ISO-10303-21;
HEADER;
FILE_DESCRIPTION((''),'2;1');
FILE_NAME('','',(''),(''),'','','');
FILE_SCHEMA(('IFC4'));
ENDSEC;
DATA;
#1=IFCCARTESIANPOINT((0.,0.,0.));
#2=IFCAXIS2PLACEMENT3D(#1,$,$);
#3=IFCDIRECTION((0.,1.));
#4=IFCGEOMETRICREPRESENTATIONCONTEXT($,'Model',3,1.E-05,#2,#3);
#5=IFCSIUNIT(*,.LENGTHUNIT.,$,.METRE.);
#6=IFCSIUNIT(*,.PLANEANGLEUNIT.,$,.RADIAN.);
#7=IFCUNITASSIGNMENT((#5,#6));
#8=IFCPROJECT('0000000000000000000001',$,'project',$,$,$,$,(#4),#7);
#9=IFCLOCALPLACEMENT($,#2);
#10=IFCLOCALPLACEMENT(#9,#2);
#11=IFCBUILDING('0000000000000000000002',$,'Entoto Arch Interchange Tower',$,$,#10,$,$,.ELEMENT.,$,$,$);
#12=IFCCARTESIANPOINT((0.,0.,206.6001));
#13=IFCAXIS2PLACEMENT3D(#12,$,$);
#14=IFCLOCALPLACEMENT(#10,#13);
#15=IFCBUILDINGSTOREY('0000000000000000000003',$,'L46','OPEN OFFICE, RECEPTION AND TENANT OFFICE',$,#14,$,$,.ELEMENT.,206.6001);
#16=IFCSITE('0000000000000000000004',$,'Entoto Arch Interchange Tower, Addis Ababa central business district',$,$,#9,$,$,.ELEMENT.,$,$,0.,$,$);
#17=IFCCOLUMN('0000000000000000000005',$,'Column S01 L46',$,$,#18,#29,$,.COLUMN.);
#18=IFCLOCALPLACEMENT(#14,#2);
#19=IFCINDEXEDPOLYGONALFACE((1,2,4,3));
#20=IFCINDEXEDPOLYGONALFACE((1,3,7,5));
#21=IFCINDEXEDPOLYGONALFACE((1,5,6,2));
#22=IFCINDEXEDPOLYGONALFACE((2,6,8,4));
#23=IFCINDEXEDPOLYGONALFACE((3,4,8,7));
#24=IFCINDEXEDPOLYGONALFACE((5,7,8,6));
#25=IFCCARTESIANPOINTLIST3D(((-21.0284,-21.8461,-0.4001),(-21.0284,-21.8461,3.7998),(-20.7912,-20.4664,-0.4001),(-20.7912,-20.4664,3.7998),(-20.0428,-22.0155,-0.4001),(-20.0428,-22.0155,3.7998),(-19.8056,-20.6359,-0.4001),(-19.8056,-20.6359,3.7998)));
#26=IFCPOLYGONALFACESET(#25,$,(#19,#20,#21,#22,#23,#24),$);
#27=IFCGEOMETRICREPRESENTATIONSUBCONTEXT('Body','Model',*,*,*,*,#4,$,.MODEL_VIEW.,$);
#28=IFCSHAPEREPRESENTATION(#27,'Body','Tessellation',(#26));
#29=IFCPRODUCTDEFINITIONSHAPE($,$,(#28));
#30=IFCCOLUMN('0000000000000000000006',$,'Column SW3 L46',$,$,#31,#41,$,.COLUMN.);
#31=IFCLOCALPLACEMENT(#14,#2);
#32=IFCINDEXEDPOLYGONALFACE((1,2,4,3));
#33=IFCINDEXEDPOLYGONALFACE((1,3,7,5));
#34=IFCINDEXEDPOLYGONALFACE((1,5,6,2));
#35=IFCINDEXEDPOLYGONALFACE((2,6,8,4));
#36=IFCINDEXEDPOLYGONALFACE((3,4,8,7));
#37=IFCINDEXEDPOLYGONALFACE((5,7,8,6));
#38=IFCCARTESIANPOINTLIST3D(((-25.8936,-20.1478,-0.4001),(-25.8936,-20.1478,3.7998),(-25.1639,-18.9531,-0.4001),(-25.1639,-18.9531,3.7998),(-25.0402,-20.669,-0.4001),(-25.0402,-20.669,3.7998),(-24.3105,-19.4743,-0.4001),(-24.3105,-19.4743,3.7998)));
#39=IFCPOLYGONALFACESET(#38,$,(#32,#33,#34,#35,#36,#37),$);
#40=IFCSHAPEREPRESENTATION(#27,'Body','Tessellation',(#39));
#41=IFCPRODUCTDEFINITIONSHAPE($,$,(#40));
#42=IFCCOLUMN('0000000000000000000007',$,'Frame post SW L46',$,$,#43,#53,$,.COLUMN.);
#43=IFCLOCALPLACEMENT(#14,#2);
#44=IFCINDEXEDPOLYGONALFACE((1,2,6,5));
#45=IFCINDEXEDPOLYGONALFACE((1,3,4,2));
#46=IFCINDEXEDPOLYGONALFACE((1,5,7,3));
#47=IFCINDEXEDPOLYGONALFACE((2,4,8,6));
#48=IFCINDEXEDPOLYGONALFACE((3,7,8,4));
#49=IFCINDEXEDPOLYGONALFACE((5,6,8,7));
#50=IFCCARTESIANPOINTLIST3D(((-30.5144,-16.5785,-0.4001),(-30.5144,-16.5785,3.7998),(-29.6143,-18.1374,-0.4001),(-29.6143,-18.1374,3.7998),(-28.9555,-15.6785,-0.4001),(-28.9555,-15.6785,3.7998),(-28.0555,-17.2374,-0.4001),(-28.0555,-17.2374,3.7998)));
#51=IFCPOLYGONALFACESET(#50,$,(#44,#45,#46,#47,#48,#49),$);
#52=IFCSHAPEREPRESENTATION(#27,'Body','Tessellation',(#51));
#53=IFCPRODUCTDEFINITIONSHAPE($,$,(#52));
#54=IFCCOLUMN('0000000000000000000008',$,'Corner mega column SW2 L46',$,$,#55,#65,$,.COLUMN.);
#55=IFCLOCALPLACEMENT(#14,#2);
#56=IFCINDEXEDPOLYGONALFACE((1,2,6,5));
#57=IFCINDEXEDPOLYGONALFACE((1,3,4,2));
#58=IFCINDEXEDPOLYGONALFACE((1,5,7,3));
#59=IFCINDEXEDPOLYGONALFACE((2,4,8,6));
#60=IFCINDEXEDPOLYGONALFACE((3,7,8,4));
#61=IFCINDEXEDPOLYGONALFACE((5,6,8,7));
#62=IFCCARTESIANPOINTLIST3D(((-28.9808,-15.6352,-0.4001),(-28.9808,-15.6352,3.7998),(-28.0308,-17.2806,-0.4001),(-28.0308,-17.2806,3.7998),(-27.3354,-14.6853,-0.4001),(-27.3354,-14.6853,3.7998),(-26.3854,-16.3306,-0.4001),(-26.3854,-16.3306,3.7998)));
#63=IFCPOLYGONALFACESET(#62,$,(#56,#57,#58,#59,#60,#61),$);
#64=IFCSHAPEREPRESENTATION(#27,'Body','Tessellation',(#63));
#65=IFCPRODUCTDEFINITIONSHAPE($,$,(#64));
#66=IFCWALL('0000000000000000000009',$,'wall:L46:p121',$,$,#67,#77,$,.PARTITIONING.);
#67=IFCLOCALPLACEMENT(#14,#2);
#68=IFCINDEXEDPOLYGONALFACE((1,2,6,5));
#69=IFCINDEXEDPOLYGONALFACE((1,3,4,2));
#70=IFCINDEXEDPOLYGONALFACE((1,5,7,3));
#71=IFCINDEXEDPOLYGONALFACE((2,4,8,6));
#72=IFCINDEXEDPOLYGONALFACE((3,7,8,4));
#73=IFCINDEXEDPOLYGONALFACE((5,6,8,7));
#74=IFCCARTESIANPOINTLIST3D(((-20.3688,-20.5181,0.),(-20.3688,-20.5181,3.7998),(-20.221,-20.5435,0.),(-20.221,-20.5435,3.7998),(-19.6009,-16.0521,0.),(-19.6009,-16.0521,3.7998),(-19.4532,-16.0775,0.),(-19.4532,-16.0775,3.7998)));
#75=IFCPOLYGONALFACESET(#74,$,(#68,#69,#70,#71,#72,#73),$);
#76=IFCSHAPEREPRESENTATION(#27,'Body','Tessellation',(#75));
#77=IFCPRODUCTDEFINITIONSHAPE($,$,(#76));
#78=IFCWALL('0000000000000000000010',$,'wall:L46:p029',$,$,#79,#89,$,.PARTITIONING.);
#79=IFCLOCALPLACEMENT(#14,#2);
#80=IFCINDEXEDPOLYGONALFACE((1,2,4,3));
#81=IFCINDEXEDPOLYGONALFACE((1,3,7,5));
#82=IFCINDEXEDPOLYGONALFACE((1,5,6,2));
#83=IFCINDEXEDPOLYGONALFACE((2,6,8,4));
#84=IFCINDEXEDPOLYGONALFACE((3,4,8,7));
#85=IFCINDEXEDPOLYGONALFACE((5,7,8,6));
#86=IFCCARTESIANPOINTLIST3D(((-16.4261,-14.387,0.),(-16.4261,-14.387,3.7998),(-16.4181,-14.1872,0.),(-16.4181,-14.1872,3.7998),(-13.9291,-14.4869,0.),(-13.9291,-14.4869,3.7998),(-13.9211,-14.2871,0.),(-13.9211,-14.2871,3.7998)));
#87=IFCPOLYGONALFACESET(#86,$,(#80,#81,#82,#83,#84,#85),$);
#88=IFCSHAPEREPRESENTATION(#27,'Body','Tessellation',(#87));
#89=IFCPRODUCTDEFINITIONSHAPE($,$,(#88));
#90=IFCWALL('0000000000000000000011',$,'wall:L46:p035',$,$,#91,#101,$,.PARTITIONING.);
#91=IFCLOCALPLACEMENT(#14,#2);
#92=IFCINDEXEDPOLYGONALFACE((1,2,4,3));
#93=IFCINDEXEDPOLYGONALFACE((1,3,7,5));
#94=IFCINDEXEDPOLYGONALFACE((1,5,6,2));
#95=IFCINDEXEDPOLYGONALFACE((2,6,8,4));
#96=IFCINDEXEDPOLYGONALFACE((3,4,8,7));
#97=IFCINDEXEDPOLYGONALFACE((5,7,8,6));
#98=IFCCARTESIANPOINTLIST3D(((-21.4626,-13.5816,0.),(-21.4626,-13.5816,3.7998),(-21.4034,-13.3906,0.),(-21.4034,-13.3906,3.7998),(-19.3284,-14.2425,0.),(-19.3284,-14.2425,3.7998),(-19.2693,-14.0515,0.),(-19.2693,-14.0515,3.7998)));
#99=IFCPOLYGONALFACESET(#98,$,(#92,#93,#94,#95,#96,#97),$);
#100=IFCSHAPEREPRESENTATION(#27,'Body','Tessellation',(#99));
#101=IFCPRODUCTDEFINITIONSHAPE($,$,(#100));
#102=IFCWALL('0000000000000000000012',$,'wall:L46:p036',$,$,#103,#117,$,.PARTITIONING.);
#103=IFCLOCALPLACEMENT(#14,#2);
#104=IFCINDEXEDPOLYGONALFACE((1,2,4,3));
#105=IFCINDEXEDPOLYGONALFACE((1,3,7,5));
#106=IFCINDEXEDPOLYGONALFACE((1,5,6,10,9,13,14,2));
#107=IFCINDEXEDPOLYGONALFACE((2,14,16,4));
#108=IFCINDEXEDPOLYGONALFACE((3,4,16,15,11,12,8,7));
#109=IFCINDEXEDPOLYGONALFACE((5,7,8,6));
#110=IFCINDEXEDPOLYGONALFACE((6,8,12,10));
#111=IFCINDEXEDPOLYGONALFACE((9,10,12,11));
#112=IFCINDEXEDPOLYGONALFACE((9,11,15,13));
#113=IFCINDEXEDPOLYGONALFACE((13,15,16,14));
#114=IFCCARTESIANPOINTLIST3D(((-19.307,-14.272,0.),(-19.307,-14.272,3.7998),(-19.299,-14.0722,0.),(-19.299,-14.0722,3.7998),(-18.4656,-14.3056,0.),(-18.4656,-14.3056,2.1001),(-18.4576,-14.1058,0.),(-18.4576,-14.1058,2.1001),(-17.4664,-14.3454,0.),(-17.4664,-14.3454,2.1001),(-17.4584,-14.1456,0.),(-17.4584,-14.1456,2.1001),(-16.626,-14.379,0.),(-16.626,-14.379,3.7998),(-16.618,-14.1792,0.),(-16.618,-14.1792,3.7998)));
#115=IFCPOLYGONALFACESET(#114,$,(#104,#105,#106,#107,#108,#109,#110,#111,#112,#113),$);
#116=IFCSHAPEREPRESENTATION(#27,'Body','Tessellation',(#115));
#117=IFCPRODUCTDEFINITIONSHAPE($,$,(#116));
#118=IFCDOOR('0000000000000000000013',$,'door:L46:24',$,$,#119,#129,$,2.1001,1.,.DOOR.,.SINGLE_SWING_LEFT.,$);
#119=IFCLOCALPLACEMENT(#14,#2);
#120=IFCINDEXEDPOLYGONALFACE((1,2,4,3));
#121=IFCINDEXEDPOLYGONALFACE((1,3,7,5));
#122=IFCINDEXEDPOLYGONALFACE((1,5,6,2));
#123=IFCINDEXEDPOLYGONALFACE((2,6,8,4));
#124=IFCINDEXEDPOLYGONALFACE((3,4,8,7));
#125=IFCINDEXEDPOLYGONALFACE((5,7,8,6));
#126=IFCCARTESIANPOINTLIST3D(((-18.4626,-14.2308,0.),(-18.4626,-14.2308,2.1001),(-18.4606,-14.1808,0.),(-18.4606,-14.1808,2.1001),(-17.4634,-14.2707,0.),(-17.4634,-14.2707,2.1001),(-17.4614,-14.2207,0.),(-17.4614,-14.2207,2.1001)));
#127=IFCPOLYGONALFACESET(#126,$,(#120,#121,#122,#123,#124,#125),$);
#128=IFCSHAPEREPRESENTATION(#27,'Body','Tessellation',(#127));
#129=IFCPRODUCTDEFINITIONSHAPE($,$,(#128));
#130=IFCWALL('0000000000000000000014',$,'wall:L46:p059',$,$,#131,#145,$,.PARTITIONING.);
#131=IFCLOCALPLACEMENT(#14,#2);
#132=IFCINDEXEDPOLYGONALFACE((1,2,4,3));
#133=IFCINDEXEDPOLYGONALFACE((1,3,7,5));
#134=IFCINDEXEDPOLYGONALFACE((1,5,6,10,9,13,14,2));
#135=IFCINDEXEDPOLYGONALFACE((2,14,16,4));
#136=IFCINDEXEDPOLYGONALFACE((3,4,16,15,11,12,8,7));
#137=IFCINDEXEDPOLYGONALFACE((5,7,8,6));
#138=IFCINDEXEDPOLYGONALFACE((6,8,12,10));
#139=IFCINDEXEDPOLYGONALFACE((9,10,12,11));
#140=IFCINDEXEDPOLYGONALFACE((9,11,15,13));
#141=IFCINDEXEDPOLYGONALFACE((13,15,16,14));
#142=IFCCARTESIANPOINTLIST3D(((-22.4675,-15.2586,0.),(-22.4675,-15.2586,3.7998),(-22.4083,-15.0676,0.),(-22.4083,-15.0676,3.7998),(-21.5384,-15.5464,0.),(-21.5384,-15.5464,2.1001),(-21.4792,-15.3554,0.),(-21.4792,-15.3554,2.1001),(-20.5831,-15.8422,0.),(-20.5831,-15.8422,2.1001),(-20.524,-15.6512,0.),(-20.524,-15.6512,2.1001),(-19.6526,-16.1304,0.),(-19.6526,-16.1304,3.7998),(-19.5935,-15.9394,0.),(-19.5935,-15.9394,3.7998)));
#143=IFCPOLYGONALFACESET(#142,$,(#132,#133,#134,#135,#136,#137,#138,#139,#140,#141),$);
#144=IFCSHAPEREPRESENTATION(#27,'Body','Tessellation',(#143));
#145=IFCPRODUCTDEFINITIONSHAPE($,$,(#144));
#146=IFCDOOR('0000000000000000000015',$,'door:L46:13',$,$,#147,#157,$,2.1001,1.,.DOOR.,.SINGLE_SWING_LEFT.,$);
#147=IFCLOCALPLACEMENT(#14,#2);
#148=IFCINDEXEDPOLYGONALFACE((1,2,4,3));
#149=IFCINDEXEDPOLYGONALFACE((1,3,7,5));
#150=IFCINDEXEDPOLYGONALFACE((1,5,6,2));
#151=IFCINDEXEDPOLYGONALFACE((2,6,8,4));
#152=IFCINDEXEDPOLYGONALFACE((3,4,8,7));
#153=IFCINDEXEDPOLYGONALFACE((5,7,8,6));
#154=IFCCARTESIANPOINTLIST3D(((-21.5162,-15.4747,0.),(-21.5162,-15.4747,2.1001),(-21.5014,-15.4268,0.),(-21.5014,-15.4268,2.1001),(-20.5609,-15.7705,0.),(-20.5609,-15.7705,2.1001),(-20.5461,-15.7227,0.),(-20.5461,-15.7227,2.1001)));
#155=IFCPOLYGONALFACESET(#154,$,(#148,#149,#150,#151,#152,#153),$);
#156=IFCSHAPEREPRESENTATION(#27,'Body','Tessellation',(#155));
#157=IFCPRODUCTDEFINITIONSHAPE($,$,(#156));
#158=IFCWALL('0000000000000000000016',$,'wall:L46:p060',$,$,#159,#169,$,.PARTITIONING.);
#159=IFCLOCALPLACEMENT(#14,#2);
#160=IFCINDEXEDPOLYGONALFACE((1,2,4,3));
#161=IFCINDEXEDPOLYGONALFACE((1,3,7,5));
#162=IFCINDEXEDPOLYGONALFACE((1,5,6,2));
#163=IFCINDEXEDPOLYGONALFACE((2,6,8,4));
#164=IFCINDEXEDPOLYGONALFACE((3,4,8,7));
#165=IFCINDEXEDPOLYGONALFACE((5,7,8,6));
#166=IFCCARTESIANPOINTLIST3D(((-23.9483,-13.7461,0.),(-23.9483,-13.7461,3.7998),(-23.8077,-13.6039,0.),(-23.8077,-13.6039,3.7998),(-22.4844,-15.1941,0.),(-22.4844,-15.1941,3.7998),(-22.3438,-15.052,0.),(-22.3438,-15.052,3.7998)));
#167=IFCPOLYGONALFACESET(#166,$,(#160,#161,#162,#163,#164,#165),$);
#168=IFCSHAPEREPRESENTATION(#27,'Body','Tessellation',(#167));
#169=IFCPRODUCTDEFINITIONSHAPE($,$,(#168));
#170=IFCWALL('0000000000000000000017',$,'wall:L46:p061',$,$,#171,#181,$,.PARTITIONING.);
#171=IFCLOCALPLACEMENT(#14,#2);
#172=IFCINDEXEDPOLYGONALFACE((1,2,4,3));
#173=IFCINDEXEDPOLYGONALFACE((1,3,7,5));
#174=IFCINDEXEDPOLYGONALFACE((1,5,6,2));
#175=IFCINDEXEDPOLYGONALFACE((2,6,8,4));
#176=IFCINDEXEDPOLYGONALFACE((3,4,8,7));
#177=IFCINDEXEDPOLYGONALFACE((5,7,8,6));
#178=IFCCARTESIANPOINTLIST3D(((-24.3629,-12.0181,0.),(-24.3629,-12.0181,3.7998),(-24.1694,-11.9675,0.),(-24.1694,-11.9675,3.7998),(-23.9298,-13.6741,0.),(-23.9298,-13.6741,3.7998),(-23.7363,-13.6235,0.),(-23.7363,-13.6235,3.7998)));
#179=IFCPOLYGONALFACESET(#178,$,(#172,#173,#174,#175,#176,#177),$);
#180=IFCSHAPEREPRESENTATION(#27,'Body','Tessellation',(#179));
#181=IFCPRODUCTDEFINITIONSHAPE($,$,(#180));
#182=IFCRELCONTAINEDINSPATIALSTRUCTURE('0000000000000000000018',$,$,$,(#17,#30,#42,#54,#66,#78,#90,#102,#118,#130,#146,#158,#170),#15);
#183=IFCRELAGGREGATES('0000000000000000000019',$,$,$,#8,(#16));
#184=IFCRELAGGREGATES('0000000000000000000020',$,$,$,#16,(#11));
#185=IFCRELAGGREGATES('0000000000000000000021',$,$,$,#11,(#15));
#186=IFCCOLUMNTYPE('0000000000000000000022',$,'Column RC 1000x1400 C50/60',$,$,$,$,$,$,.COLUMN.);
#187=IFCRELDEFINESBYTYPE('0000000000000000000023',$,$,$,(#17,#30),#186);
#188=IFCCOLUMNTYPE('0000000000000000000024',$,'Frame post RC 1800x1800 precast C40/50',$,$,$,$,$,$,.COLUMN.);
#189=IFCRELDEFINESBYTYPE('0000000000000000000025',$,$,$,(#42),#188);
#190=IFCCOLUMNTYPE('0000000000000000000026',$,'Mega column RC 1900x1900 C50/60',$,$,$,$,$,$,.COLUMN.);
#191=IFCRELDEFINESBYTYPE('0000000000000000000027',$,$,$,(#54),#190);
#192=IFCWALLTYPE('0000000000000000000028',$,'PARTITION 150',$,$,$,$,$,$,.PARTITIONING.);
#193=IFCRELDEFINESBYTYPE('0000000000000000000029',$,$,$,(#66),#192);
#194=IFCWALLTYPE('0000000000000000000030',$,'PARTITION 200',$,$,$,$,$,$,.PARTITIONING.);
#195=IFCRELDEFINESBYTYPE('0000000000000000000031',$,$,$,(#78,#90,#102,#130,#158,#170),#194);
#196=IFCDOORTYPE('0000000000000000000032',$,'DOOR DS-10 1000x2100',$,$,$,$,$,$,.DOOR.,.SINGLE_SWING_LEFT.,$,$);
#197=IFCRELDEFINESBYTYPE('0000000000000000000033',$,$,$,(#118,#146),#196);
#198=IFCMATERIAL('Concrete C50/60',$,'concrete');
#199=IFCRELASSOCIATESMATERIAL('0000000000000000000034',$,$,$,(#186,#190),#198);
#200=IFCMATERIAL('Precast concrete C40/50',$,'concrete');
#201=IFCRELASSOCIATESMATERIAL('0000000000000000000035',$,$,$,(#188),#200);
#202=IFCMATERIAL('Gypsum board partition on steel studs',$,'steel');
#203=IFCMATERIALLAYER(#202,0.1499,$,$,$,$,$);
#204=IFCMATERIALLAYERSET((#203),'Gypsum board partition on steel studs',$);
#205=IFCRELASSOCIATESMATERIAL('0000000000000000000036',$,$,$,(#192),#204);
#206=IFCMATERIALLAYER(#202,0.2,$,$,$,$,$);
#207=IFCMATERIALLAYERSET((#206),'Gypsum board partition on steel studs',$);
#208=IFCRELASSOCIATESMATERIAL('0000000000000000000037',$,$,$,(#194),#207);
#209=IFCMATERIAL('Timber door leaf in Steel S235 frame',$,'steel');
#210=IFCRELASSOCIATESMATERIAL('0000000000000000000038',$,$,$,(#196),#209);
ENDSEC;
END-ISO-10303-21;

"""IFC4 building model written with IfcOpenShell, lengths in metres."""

from ifc_helpers import new_model, si_unit, direction, frame, frame_2d, origin, origin_2d, place, context, subcontext, project, spatial, rectangle, extrude, material, layer, layer_set, material_profile, profile_set, type_object, element, fill, save


model = new_model("IFC4")

# Units and contexts
model_context = context("Model", 3, precision=1e-05, world=origin(), true_north=direction((0.0, 1.0)))
body_context = subcontext(model_context, "Body", "Model", "MODEL_VIEW")
ifc_project = project(units=[si_unit("LENGTHUNIT", "METRE"), si_unit("PLANEANGLEUNIT", "RADIAN")], contexts=[model_context])

# Site, building, storey
site_placement = place(None, origin())
site = spatial("IfcSite", under=ifc_project, at=site_placement, Name="Entoto Arch Interchange Tower, Addis Ababa central business district", CompositionType="ELEMENT", RefElevation=0.0)
building_placement = place(site_placement, origin())
building = spatial("IfcBuilding", under=site, at=building_placement, Name="Entoto Arch Interchange Tower", CompositionType="ELEMENT")
storey_placement = place(building_placement, frame((0.0, 0.0, 206.6001)))
storey = spatial("IfcBuildingStorey", under=building, at=storey_placement, Name="L46", Description="OPEN OFFICE, RECEPTION AND TENANT OFFICE", CompositionType="ELEMENT", Elevation=206.6001)

# Columns
ifc_material_1 = material(Name="Concrete C50/60", Category="concrete")
ifc_material_profile_1 = material_profile(ifc_material_1, rectangle(XDim=1.0, YDim=1.3999, at=origin_2d()))
ifc_profile_set_1 = profile_set([ifc_material_profile_1], Name="Concrete C50/60")
column_type_1 = type_object("IfcColumnType", Name="Column RC 1000x1400 C50/60", PredefinedType="COLUMN", material=ifc_profile_set_1)
for number, where, z_axis, x_axis, name in (
    (1, (-20.417, -21.241, -0.4001), (0.0, 0.0, 1.0), (-0.985541, 0.169436, 0.0), "Column S01 L46"),
    (2, (-25.1021, -19.811, -0.4001), (0.0, 0.0, 1.0), (-0.853423, 0.521218, 0.0), "Column SW3 L46"),
):
    element("IfcColumn", number, at=place(storey_placement, frame(where, z_axis=z_axis, x_axis=x_axis)), inside=storey, type_object=column_type_1, Name=name, PredefinedType="COLUMN", context=body_context, shape_type="SweptSolid", body=[
        extrude(rectangle(XDim=1.0, YDim=1.3999, at=origin_2d()), origin(), (0.0, 0.0, 1.0), 4.2),
    ])
ifc_material_2 = material(Name="Precast concrete C40/50", Category="concrete")
ifc_material_profile_2 = material_profile(ifc_material_2, rectangle(XDim=1.8, YDim=1.8, at=origin_2d()))
ifc_profile_set_2 = profile_set([ifc_material_profile_2], Name="Precast concrete C40/50")
column_type_2 = type_object("IfcColumnType", Name="Frame post RC 1800x1800 precast C40/50", PredefinedType="COLUMN", material=ifc_profile_set_2)
column_1_placement = place(storey_placement, frame((-29.2849, -16.908, -0.4001), z_axis=(0.0, 0.0, 1.0), x_axis=(0.866025, 0.5, 0.0)))
element("IfcColumn", 3, at=column_1_placement, inside=storey, type_object=column_type_2, Name="Frame post SW L46", PredefinedType="COLUMN", context=body_context, shape_type="SweptSolid", body=[
    extrude(rectangle(XDim=1.8, YDim=1.8, at=origin_2d()), origin(), (0.0, 0.0, 1.0), 4.2),
])
ifc_material_profile_3 = material_profile(ifc_material_1, rectangle(XDim=1.8999, YDim=1.8999, at=origin_2d()))
ifc_profile_set_3 = profile_set([ifc_material_profile_3], Name="Concrete C50/60")
column_type_3 = type_object("IfcColumnType", Name="Mega column RC 1900x1900 C50/60", PredefinedType="COLUMN", material=ifc_profile_set_3)
column_2_placement = place(storey_placement, frame((-27.6831, -15.9829, -0.4001), z_axis=(0.0, 0.0, 1.0), x_axis=(0.866025, 0.5, 0.0)))
element("IfcColumn", 4, at=column_2_placement, inside=storey, type_object=column_type_3, Name="Corner mega column SW2 L46", PredefinedType="COLUMN", context=body_context, shape_type="SweptSolid", body=[
    extrude(rectangle(XDim=1.8999, YDim=1.8999, at=origin_2d()), origin(), (0.0, 0.0, 1.0), 4.2),
])

# Walls
ifc_material_3 = material(Name="Gypsum board partition on steel studs", Category="steel")
ifc_layer_1 = layer(ifc_material_3, 0.1499)
ifc_layer_set_1 = layer_set([ifc_layer_1], Name="Gypsum board partition on steel studs")
wall_type_1 = type_object("IfcWallType", Name="PARTITION 150", PredefinedType="PARTITIONING", material=ifc_layer_set_1)
wall_1_placement = place(storey_placement, frame((-19.5271, -16.0649, 0.0), z_axis=(0.0, 0.0, 1.0), x_axis=(-0.169438, -0.985541, 0.0)))
element("IfcWall", 5, at=wall_1_placement, inside=storey, type_object=wall_type_1, Name="wall:L46:p121", PredefinedType="PARTITIONING", context=body_context, shape_type="SweptSolid", body=[
    extrude(rectangle(XDim=4.5315, YDim=0.1499, at=frame_2d((2.2656, 0.0))), origin(), (0.0, 0.0, 1.0), 3.7998),
])
ifc_layer_2 = layer(ifc_material_3, 0.2)
ifc_layer_set_2 = layer_set([ifc_layer_2], Name="Gypsum board partition on steel studs")
wall_type_2 = type_object("IfcWallType", Name="PARTITION 200", PredefinedType="PARTITIONING", material=ifc_layer_set_2)
wall_2_placement = place(storey_placement, frame((-16.4221, -14.2871, 0.0), z_axis=(0.0, 0.0, 1.0), x_axis=(0.999201, -0.039956, 0.0)))
element("IfcWall", 6, at=wall_2_placement, inside=storey, type_object=wall_type_2, Name="wall:L46:p029", PredefinedType="PARTITIONING", context=body_context, shape_type="SweptSolid", body=[
    extrude(rectangle(XDim=2.499, YDim=0.2, at=frame_2d((1.2495, 0.0))), origin(), (0.0, 0.0, 1.0), 3.7998),
])
wall_3_placement = place(storey_placement, frame((-21.4331, -13.4861, 0.0), z_axis=(0.0, 0.0, 1.0), x_axis=(0.955241, -0.295829, 0.0)))
element("IfcWall", 7, at=wall_3_placement, inside=storey, type_object=wall_type_2, Name="wall:L46:p035", PredefinedType="PARTITIONING", context=body_context, shape_type="SweptSolid", body=[
    extrude(rectangle(XDim=2.2341, YDim=0.2, at=frame_2d((1.1172, 0.0))), origin(), (0.0, 0.0, 1.0), 3.7998),
])

# Walls, openings, doors
wall_4_placement = place(storey_placement, frame((-19.303, -14.1721, 0.0), z_axis=(0.0, 0.0, 1.0), x_axis=(0.999205, -0.039855, 0.0)))
wall_4 = element("IfcWall", 8, at=wall_4_placement, inside=storey, type_object=wall_type_2, Name="wall:L46:p036", PredefinedType="PARTITIONING", context=body_context, shape_type="SweptSolid", body=[
    extrude(rectangle(XDim=2.6831, YDim=0.2, at=frame_2d((1.3416, 0.0))), origin(), (0.0, 0.0, 1.0), 3.7998),
])
opening_1_placement = place(wall_4_placement, frame((0.842, 0.0, 0.0)))
opening_1 = element("IfcOpeningElement", 9, at=opening_1_placement, cuts=wall_4, PredefinedType="OPENING", context=body_context, shape_type="SweptSolid", body=[
    extrude(rectangle(XDim=1.0, YDim=2.1001, at=frame_2d((0.5, 1.05))), frame((0.0, 0.1099, 0.0), z_axis=(0.0, -1.0, 0.0), x_axis=(1.0, 0.0, 0.0)), (0.0, 0.0, 1.0), 0.22),
])
ifc_material_4 = material(Name="Timber door leaf in Steel S235 frame", Category="steel")
door_type = type_object("IfcDoorType", Name="DOOR DS-10 1000x2100", OperationType="SINGLE_SWING_LEFT", PredefinedType="DOOR", material=ifc_material_4)
door_1_placement = place(opening_1_placement, origin())
door_1 = element("IfcDoor", 10, at=door_1_placement, inside=storey, type_object=door_type, Name="door:L46:24", OperationType="SINGLE_SWING_LEFT", OverallHeight=2.1001, OverallWidth=1.0, PredefinedType="DOOR", context=body_context, shape_type="SweptSolid", body=[
    extrude(rectangle(XDim=1.0, YDim=2.1001, at=frame_2d((0.5, 1.05))), frame((0.0, 0.0249, 0.0), z_axis=(0.0, -1.0, 0.0), x_axis=(1.0, 0.0, 0.0)), (0.0, 0.0, 1.0), 0.05),
])
fill(opening_1, door_1)
wall_5_placement = place(storey_placement, frame((-19.623, -16.0349, 0.0), z_axis=(0.0, 0.0, 1.0), x_axis=(-0.955235, 0.295849, 0.0)))
wall_5 = element("IfcWall", 11, at=wall_5_placement, inside=storey, type_object=wall_type_2, Name="wall:L46:p059", PredefinedType="PARTITIONING", context=body_context, shape_type="SweptSolid", body=[
    extrude(rectangle(XDim=2.9468, YDim=0.2, at=frame_2d((1.4734, 0.0))), origin(), (0.0, 0.0, 1.0), 3.7998),
])
opening_2_placement = place(wall_5_placement, frame((0.9741, 0.0, 0.0)))
opening_2 = element("IfcOpeningElement", 12, at=opening_2_placement, cuts=wall_5, PredefinedType="OPENING", context=body_context, shape_type="SweptSolid", body=[
    extrude(rectangle(XDim=1.0, YDim=2.1001, at=frame_2d((0.5, 1.05))), frame((0.0, 0.1099, 0.0), z_axis=(0.0, -1.0, 0.0), x_axis=(1.0, 0.0, 0.0)), (0.0, 0.0, 1.0), 0.22),
])
door_2_placement = place(opening_2_placement, origin())
door_2 = element("IfcDoor", 13, at=door_2_placement, inside=storey, type_object=door_type, Name="door:L46:13", OperationType="SINGLE_SWING_LEFT", OverallHeight=2.1001, OverallWidth=1.0, PredefinedType="DOOR", context=body_context, shape_type="SweptSolid", body=[
    extrude(rectangle(XDim=1.0, YDim=2.1001, at=frame_2d((0.5, 1.05))), frame((0.0, 0.0249, 0.0), z_axis=(0.0, -1.0, 0.0), x_axis=(1.0, 0.0, 0.0)), (0.0, 0.0, 1.0), 0.05),
])
fill(opening_2, door_2)

# Walls
wall_6_placement = place(storey_placement, frame((-22.4141, -15.123, 0.0), z_axis=(0.0, 0.0, 1.0), x_axis=(-0.71095, 0.703243, 0.0)))
element("IfcWall", 14, at=wall_6_placement, inside=storey, type_object=wall_type_2, Name="wall:L46:p060", PredefinedType="PARTITIONING", context=body_context, shape_type="SweptSolid", body=[
    extrude(rectangle(XDim=2.0591, YDim=0.2, at=frame_2d((1.0295, 0.0))), origin(), (0.0, 0.0, 1.0), 3.7998),
])
wall_7_placement = place(storey_placement, frame((-23.833, -13.6489, 0.0), z_axis=(0.0, 0.0, 1.0), x_axis=(-0.253026, 0.96746, 0.0)))
element("IfcWall", 15, at=wall_7_placement, inside=storey, type_object=wall_type_2, Name="wall:L46:p061", PredefinedType="PARTITIONING", context=body_context, shape_type="SweptSolid", body=[
    extrude(rectangle(XDim=1.7117, YDim=0.2, at=frame_2d((0.856, 0.0))), origin(), (0.0, 0.0, 1.0), 3.7998),
])

save(model, "model.ifc")
